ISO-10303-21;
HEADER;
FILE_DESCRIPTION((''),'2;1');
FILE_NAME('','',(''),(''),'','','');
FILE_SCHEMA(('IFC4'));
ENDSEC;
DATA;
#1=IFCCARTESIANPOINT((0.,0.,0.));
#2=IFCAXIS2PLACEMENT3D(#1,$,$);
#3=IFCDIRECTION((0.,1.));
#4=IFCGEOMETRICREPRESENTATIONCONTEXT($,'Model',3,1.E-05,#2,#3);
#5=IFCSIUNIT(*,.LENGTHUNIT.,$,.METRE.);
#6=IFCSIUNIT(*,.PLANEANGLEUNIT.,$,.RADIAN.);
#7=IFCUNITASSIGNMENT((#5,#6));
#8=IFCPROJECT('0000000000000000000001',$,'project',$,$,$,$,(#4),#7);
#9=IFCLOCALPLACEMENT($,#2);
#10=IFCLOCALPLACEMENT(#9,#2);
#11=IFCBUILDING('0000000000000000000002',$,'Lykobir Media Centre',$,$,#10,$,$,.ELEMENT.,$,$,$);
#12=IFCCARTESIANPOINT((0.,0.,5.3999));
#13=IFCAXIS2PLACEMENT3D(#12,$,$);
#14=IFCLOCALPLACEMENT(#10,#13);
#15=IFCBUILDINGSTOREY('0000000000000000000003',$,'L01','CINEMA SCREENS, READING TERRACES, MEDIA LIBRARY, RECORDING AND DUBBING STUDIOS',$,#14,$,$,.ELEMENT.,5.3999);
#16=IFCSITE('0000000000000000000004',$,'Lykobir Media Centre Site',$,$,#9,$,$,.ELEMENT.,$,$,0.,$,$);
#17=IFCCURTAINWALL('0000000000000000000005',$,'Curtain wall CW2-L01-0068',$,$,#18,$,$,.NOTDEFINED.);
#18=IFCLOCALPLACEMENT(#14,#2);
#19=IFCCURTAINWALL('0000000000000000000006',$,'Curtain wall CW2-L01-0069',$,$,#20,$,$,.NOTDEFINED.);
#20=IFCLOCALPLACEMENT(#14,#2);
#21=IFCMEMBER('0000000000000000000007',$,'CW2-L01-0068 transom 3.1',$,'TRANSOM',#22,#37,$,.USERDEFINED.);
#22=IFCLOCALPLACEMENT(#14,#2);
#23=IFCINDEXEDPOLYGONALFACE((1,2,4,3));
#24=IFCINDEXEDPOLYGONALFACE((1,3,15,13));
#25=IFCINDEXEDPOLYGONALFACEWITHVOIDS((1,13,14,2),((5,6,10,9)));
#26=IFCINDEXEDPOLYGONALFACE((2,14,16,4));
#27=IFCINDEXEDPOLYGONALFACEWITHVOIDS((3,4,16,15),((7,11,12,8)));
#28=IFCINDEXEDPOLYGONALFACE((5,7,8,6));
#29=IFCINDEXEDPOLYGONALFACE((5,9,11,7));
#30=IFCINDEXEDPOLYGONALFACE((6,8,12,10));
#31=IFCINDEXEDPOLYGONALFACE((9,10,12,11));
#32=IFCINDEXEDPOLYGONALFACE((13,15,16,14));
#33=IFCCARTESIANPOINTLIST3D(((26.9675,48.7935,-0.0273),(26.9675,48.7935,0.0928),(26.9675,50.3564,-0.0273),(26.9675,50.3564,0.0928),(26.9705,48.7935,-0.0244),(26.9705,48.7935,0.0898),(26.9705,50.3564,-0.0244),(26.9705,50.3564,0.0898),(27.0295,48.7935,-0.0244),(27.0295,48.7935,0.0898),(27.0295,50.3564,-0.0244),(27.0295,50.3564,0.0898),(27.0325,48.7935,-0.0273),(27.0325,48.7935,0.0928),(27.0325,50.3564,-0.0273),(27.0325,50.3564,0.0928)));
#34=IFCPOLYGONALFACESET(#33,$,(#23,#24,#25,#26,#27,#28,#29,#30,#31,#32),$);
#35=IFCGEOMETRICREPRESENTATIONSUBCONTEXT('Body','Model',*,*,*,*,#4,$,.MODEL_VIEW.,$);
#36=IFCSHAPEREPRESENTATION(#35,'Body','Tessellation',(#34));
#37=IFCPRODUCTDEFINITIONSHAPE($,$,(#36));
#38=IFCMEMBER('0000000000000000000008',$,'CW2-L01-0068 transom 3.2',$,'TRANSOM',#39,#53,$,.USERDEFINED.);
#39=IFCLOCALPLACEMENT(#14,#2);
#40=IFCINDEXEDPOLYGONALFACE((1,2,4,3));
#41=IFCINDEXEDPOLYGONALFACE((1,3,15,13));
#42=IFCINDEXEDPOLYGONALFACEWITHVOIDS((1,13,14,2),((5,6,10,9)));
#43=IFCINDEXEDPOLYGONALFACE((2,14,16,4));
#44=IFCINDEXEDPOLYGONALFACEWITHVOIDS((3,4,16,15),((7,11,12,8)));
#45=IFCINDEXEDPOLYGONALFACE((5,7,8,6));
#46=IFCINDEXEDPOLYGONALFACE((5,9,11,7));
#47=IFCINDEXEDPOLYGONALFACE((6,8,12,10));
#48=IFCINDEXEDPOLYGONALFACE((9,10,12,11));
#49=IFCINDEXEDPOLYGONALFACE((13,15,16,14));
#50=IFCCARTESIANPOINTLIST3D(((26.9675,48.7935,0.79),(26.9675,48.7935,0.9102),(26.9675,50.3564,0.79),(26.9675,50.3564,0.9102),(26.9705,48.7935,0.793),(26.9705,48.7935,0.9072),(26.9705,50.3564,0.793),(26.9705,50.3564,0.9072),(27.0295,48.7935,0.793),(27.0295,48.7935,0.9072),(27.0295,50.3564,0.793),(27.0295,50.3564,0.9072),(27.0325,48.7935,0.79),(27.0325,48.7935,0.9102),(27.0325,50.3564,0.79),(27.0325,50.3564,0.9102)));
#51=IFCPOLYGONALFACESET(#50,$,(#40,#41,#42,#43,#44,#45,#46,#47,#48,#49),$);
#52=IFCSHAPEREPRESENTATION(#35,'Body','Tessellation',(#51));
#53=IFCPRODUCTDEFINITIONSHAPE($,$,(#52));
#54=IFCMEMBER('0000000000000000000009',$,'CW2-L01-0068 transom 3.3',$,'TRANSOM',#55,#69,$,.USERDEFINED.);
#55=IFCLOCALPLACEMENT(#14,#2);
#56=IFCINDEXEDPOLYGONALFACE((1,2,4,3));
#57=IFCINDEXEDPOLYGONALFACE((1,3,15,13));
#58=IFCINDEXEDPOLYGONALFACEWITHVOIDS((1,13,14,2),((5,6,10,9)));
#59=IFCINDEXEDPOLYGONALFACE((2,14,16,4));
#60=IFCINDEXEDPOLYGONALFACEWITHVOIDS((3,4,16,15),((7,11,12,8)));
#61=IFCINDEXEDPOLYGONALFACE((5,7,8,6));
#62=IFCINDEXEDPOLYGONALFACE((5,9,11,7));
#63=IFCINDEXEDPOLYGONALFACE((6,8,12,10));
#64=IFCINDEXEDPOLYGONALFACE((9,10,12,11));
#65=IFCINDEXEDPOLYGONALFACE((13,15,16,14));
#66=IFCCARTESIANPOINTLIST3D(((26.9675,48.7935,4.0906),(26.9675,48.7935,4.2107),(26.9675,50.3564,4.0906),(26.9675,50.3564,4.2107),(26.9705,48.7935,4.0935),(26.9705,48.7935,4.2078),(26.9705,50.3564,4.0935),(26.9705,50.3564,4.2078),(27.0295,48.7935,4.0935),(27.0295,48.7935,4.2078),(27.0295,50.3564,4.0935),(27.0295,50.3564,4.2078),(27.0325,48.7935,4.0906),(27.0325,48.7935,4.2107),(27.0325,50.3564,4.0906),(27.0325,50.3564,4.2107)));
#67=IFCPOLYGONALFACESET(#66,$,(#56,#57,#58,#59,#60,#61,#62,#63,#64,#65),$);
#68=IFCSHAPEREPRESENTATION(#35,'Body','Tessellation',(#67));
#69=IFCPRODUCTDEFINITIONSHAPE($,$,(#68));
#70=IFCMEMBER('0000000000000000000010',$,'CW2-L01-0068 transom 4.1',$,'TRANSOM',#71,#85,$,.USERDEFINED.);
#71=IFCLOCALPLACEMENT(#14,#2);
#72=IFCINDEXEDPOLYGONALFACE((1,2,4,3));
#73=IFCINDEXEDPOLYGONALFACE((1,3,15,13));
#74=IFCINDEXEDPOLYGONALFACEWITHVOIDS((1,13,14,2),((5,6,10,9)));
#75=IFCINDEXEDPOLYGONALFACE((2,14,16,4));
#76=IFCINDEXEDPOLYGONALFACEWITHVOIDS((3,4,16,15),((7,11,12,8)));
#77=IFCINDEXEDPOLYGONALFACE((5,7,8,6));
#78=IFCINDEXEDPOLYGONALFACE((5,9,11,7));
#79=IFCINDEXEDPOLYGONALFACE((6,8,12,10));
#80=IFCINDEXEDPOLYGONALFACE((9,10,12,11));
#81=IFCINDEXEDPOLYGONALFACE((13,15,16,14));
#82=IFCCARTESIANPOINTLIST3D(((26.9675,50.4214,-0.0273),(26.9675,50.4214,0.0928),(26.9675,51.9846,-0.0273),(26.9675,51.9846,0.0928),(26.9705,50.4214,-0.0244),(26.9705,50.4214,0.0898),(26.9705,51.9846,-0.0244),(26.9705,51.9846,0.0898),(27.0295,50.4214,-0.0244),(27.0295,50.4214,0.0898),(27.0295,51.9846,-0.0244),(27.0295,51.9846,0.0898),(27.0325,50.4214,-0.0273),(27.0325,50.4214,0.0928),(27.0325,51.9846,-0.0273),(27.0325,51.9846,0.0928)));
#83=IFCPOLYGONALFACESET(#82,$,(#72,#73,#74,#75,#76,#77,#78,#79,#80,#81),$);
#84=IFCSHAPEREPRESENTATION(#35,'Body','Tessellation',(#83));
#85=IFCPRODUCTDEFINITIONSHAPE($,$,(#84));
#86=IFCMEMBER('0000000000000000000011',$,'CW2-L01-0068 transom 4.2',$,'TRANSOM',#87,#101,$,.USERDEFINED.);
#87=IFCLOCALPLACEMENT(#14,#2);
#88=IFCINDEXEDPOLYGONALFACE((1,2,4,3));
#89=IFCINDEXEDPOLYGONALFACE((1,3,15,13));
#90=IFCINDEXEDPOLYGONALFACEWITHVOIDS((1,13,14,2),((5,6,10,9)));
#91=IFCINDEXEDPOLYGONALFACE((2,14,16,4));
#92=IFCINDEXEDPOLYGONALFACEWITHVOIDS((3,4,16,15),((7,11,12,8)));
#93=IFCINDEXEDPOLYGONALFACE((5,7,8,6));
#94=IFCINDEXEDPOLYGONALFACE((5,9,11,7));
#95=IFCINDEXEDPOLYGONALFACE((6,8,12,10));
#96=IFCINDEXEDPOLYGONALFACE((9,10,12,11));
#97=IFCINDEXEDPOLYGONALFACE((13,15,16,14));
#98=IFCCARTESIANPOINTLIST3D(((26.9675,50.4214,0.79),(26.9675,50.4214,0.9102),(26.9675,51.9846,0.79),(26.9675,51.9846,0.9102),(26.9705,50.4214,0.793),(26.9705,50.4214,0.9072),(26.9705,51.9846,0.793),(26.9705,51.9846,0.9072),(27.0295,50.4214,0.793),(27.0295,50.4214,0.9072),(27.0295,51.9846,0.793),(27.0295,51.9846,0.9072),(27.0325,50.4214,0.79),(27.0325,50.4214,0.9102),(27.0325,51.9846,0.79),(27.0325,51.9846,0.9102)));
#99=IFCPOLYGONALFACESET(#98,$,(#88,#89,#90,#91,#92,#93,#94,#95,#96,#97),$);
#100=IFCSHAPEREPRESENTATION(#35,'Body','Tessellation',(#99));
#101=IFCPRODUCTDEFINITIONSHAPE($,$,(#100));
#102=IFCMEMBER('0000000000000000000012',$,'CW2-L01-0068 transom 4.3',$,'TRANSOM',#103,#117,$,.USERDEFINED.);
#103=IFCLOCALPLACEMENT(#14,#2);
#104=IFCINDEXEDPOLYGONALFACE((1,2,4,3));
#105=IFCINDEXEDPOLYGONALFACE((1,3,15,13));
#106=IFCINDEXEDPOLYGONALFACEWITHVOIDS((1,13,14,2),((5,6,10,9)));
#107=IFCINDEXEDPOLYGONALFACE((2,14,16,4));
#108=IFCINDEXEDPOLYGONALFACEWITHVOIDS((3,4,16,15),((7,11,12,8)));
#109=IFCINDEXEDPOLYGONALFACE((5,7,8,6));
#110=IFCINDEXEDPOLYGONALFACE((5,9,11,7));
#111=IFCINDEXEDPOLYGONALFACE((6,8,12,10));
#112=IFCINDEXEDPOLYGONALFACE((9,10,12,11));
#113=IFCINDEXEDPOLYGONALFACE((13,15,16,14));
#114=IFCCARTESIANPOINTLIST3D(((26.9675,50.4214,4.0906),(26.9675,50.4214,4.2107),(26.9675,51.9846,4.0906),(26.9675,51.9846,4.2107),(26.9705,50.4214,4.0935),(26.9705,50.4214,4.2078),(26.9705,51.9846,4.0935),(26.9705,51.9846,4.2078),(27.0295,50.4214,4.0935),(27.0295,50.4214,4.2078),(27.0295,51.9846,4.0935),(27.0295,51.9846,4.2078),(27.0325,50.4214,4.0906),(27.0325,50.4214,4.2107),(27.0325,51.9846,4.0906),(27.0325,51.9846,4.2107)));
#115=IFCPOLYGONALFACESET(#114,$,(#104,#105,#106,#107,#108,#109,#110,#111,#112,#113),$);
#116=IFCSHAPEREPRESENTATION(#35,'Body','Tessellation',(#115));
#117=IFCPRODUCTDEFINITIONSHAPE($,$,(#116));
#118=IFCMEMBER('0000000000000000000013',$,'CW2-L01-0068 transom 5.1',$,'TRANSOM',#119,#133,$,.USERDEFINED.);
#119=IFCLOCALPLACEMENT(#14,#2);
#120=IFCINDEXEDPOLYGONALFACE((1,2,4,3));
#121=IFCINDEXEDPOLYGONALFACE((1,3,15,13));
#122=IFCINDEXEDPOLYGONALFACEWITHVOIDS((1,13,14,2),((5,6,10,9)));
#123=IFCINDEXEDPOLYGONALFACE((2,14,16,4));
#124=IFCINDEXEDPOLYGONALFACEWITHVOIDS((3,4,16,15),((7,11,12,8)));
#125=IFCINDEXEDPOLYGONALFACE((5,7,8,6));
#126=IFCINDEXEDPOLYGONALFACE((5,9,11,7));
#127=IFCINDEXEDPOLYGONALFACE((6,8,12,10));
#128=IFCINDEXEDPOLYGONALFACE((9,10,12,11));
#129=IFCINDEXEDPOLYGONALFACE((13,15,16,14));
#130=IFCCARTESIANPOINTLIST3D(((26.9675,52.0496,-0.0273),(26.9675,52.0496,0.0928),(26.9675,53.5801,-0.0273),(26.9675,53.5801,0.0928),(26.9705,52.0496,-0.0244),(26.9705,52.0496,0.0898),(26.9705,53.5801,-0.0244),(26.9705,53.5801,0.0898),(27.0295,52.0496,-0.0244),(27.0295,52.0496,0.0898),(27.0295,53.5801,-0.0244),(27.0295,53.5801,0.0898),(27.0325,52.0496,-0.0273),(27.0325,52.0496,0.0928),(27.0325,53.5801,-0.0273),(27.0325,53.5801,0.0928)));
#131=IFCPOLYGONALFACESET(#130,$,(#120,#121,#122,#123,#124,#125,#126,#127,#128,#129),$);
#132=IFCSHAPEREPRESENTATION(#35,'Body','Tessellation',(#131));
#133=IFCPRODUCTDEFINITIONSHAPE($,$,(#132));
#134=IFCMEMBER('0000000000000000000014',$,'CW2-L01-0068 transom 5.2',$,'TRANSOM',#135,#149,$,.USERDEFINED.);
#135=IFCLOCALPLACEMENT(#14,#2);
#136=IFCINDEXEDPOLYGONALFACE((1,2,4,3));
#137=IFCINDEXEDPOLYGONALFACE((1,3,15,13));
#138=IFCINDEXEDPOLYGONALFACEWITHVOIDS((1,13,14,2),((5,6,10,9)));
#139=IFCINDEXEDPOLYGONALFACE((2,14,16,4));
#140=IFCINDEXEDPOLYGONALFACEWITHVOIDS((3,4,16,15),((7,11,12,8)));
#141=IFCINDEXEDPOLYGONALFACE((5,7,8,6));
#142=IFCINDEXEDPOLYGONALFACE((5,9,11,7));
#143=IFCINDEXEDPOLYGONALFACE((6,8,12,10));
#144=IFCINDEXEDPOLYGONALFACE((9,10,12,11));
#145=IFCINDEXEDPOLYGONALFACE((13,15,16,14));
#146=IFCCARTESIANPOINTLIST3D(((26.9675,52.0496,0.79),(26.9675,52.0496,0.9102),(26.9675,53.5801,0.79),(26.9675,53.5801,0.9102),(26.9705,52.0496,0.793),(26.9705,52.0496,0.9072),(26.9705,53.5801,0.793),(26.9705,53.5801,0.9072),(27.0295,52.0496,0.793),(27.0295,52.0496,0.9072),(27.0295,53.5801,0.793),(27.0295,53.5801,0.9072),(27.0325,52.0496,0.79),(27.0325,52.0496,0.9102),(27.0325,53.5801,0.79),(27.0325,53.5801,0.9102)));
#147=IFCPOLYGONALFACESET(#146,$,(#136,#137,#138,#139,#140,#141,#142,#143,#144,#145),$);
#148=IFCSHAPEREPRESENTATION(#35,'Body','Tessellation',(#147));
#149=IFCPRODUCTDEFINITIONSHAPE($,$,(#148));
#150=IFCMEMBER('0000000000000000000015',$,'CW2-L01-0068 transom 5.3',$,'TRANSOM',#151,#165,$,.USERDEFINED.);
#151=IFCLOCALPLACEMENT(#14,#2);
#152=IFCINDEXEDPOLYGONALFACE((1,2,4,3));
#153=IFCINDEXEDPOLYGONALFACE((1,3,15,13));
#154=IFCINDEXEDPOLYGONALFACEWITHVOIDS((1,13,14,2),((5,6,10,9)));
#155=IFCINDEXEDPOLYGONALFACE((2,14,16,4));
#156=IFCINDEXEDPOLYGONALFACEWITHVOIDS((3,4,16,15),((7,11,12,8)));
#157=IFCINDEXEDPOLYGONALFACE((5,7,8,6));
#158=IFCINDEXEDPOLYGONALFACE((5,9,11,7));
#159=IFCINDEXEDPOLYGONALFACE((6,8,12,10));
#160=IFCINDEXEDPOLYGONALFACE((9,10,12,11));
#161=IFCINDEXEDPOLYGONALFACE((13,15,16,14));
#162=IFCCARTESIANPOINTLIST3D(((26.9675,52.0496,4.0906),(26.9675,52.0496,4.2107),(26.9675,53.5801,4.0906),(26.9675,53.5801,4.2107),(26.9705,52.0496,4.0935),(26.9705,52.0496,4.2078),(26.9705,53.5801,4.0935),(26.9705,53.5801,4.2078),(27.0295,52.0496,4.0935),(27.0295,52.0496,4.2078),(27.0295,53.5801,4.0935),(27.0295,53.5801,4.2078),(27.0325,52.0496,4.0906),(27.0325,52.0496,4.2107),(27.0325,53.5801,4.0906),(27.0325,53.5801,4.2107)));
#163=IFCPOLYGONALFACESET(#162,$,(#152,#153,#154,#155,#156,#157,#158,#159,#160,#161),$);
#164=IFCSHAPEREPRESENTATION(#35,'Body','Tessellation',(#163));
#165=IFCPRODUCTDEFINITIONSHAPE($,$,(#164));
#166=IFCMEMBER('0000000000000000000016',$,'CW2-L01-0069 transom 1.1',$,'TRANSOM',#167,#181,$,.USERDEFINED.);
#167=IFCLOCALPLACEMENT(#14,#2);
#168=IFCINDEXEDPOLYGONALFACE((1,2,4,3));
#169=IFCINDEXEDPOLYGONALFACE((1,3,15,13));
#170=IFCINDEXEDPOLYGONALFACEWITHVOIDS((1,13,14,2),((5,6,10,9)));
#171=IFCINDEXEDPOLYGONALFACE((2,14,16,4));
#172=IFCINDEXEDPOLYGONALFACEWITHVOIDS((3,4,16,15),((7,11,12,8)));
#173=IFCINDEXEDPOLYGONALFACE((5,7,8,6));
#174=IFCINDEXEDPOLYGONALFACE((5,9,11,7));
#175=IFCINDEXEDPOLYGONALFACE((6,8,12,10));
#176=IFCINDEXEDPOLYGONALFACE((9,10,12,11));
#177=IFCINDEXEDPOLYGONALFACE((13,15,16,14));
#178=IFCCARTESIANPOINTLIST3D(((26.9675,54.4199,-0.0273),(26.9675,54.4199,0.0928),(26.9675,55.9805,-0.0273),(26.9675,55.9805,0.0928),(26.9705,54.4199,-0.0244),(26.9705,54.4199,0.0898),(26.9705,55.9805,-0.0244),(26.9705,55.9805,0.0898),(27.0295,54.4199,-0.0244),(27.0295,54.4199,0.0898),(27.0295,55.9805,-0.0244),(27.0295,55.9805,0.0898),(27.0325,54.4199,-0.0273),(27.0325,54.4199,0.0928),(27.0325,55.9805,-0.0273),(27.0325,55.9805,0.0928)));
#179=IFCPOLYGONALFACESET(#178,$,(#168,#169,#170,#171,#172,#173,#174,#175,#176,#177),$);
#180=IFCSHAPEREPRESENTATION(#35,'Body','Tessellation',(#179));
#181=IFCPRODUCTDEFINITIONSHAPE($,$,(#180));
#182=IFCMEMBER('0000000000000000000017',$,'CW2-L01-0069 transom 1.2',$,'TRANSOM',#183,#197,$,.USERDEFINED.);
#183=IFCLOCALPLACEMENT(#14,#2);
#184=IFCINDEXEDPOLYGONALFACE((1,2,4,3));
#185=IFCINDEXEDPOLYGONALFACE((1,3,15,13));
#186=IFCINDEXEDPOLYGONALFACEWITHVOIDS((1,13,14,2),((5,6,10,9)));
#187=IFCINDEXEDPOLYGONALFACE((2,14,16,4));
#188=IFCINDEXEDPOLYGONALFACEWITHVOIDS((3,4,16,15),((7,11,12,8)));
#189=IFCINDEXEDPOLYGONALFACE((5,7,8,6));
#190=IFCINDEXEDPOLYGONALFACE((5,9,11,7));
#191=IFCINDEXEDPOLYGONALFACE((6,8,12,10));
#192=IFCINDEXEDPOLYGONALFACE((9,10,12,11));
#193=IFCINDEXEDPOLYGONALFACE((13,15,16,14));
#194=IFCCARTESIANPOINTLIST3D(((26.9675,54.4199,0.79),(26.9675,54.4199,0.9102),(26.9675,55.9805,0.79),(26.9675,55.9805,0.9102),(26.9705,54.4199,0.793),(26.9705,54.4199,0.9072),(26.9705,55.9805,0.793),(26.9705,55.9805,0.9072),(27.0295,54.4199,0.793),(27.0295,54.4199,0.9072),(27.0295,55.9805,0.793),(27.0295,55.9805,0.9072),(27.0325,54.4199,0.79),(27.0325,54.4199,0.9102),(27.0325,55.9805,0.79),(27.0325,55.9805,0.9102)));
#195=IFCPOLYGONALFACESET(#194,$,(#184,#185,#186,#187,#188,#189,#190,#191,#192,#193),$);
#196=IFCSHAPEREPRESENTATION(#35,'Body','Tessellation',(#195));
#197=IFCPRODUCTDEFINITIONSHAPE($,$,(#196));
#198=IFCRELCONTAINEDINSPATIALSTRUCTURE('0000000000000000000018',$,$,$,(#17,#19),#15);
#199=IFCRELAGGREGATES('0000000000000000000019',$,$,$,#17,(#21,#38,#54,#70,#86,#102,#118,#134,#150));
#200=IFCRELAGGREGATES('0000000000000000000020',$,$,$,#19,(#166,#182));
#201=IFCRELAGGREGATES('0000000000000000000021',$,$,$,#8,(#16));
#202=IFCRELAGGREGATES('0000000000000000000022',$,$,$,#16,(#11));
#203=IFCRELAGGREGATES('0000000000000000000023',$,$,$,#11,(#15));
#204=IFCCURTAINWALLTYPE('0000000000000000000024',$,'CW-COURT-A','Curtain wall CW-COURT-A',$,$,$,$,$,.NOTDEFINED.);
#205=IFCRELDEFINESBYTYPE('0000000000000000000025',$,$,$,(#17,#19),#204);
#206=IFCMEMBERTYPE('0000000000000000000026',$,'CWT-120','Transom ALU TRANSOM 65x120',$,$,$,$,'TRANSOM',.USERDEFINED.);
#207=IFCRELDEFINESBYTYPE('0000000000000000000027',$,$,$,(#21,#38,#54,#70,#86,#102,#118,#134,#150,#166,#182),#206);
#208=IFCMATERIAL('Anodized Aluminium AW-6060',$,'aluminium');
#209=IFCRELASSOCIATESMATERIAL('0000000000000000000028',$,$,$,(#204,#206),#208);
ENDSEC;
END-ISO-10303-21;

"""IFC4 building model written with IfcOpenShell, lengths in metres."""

from ifc_helpers import new_model, si_unit, direction, frame, origin, origin_2d, place, context, subcontext, project, spatial, hollow_rectangle, extrude, material, material_profile, profile_set, type_object, element, aggregate, save


model = new_model("IFC4")

# Units and contexts
model_context = context("Model", 3, precision=1e-05, world=origin(), true_north=direction((0.0, 1.0)))
body_context = subcontext(model_context, "Body", "Model", "MODEL_VIEW")
ifc_project = project(units=[si_unit("LENGTHUNIT", "METRE"), si_unit("PLANEANGLEUNIT", "RADIAN")], contexts=[model_context])

# Site, building, storey
site_placement = place(None, origin())
site = spatial("IfcSite", under=ifc_project, at=site_placement, Name="Lykobir Media Centre Site", CompositionType="ELEMENT", RefElevation=0.0)
building_placement = place(site_placement, origin())
building = spatial("IfcBuilding", under=site, at=building_placement, Name="Lykobir Media Centre", CompositionType="ELEMENT")
storey_placement = place(building_placement, frame((0.0, 0.0, 5.3999)))
storey = spatial("IfcBuildingStorey", under=building, at=storey_placement, Name="L01", Description="CINEMA SCREENS, READING TERRACES, MEDIA LIBRARY, RECORDING AND DUBBING STUDIOS", CompositionType="ELEMENT", Elevation=5.3999)

# Curtain walls
ifc_material_1 = material(Name="Anodized Aluminium AW-6060", Category="aluminium")
curtain_wall_type = type_object("IfcCurtainWallType", Name="CW-COURT-A", Description="Curtain wall CW-COURT-A", PredefinedType="NOTDEFINED", material=ifc_material_1)
curtain_wall_1_placement = place(storey_placement, origin())
curtain_wall_1 = element("IfcCurtainWall", 1, at=curtain_wall_1_placement, inside=storey, type_object=curtain_wall_type, Name="Curtain wall CW2-L01-0068", PredefinedType="NOTDEFINED")
curtain_wall_2_placement = place(storey_placement, origin())
curtain_wall_2 = element("IfcCurtainWall", 2, at=curtain_wall_2_placement, inside=storey, type_object=curtain_wall_type, Name="Curtain wall CW2-L01-0069", PredefinedType="NOTDEFINED")

# Members
ifc_material_profile_1 = material_profile(ifc_material_1, hollow_rectangle(XDim=0.0649, YDim=0.1201, WallThickness=0.0029, at=origin_2d()), Name="ALU TRANSOM 65x120")
ifc_profile_set_1 = profile_set([ifc_material_profile_1], Name="Anodized Aluminium AW-6060")
member_type_1 = type_object("IfcMemberType", Name="CWT-120", Description="Transom ALU TRANSOM 65x120", ElementType="TRANSOM", PredefinedType="USERDEFINED", material=ifc_profile_set_1)
member_1_placement = place(storey_placement, frame((27.0, 48.7935, 0.0327), z_axis=(0.0, 1.0, 0.0), x_axis=(-1.0, 0.0, 0.0)))
member_1 = element("IfcMember", 3, at=member_1_placement, type_object=member_type_1, Name="CW2-L01-0068 transom 3.1", ObjectType="TRANSOM", PredefinedType="USERDEFINED", context=body_context, shape_type="SweptSolid", body=[
    extrude(hollow_rectangle(XDim=0.0649, YDim=0.1201, WallThickness=0.0029, at=origin_2d()), origin(), (0.0, 0.0, 1.0), 1.563),
])
member_2_placement = place(storey_placement, frame((27.0, 48.7935, 0.8501), z_axis=(0.0, 1.0, 0.0), x_axis=(-1.0, 0.0, 0.0)))
member_2 = element("IfcMember", 4, at=member_2_placement, type_object=member_type_1, Name="CW2-L01-0068 transom 3.2", ObjectType="TRANSOM", PredefinedType="USERDEFINED", context=body_context, shape_type="SweptSolid", body=[
    extrude(hollow_rectangle(XDim=0.0649, YDim=0.1201, WallThickness=0.0029, at=origin_2d()), origin(), (0.0, 0.0, 1.0), 1.563),
])
member_3_placement = place(storey_placement, frame((27.0, 48.7935, 4.1506), z_axis=(0.0, 1.0, 0.0), x_axis=(-1.0, 0.0, 0.0)))
member_3 = element("IfcMember", 5, at=member_3_placement, type_object=member_type_1, Name="CW2-L01-0068 transom 3.3", ObjectType="TRANSOM", PredefinedType="USERDEFINED", context=body_context, shape_type="SweptSolid", body=[
    extrude(hollow_rectangle(XDim=0.0649, YDim=0.1201, WallThickness=0.0029, at=origin_2d()), origin(), (0.0, 0.0, 1.0), 1.563),
])
member_4_placement = place(storey_placement, frame((27.0, 50.4214, 0.0327), z_axis=(0.0, 1.0, 0.0), x_axis=(-1.0, 0.0, 0.0)))
member_4 = element("IfcMember", 6, at=member_4_placement, type_object=member_type_1, Name="CW2-L01-0068 transom 4.1", ObjectType="TRANSOM", PredefinedType="USERDEFINED", context=body_context, shape_type="SweptSolid", body=[
    extrude(hollow_rectangle(XDim=0.0649, YDim=0.1201, WallThickness=0.0029, at=origin_2d()), origin(), (0.0, 0.0, 1.0), 1.5632),
])
member_5_placement = place(storey_placement, frame((27.0, 50.4214, 0.8501), z_axis=(0.0, 1.0, 0.0), x_axis=(-1.0, 0.0, 0.0)))
member_5 = element("IfcMember", 7, at=member_5_placement, type_object=member_type_1, Name="CW2-L01-0068 transom 4.2", ObjectType="TRANSOM", PredefinedType="USERDEFINED", context=body_context, shape_type="SweptSolid", body=[
    extrude(hollow_rectangle(XDim=0.0649, YDim=0.1201, WallThickness=0.0029, at=origin_2d()), origin(), (0.0, 0.0, 1.0), 1.5632),
])
member_6_placement = place(storey_placement, frame((27.0, 50.4214, 4.1506), z_axis=(0.0, 1.0, 0.0), x_axis=(-1.0, 0.0, 0.0)))
member_6 = element("IfcMember", 8, at=member_6_placement, type_object=member_type_1, Name="CW2-L01-0068 transom 4.3", ObjectType="TRANSOM", PredefinedType="USERDEFINED", context=body_context, shape_type="SweptSolid", body=[
    extrude(hollow_rectangle(XDim=0.0649, YDim=0.1201, WallThickness=0.0029, at=origin_2d()), origin(), (0.0, 0.0, 1.0), 1.5632),
])
member_7_placement = place(storey_placement, frame((27.0, 52.0496, 0.0327), z_axis=(0.0, 1.0, 0.0), x_axis=(-1.0, 0.0, 0.0)))
member_7 = element("IfcMember", 9, at=member_7_placement, type_object=member_type_1, Name="CW2-L01-0068 transom 5.1", ObjectType="TRANSOM", PredefinedType="USERDEFINED", context=body_context, shape_type="SweptSolid", body=[
    extrude(hollow_rectangle(XDim=0.0649, YDim=0.1201, WallThickness=0.0029, at=origin_2d()), origin(), (0.0, 0.0, 1.0), 1.5305),
])
member_8_placement = place(storey_placement, frame((27.0, 52.0496, 0.8501), z_axis=(0.0, 1.0, 0.0), x_axis=(-1.0, 0.0, 0.0)))
member_8 = element("IfcMember", 10, at=member_8_placement, type_object=member_type_1, Name="CW2-L01-0068 transom 5.2", ObjectType="TRANSOM", PredefinedType="USERDEFINED", context=body_context, shape_type="SweptSolid", body=[
    extrude(hollow_rectangle(XDim=0.0649, YDim=0.1201, WallThickness=0.0029, at=origin_2d()), origin(), (0.0, 0.0, 1.0), 1.5305),
])
member_9_placement = place(storey_placement, frame((27.0, 52.0496, 4.1506), z_axis=(0.0, 1.0, 0.0), x_axis=(-1.0, 0.0, 0.0)))
member_9 = element("IfcMember", 11, at=member_9_placement, type_object=member_type_1, Name="CW2-L01-0068 transom 5.3", ObjectType="TRANSOM", PredefinedType="USERDEFINED", context=body_context, shape_type="SweptSolid", body=[
    extrude(hollow_rectangle(XDim=0.0649, YDim=0.1201, WallThickness=0.0029, at=origin_2d()), origin(), (0.0, 0.0, 1.0), 1.5305),
])
member_10_placement = place(storey_placement, frame((27.0, 54.4199, 0.0327), z_axis=(0.0, 1.0, 0.0), x_axis=(-1.0, 0.0, 0.0)))
member_10 = element("IfcMember", 12, at=member_10_placement, type_object=member_type_1, Name="CW2-L01-0069 transom 1.1", ObjectType="TRANSOM", PredefinedType="USERDEFINED", context=body_context, shape_type="SweptSolid", body=[
    extrude(hollow_rectangle(XDim=0.0649, YDim=0.1201, WallThickness=0.0029, at=origin_2d()), origin(), (0.0, 0.0, 1.0), 1.5605),
])
member_11_placement = place(storey_placement, frame((27.0, 54.4199, 0.8501), z_axis=(0.0, 1.0, 0.0), x_axis=(-1.0, 0.0, 0.0)))
member_11 = element("IfcMember", 13, at=member_11_placement, type_object=member_type_1, Name="CW2-L01-0069 transom 1.2", ObjectType="TRANSOM", PredefinedType="USERDEFINED", context=body_context, shape_type="SweptSolid", body=[
    extrude(hollow_rectangle(XDim=0.0649, YDim=0.1201, WallThickness=0.0029, at=origin_2d()), origin(), (0.0, 0.0, 1.0), 1.5605),
])

aggregate(curtain_wall_1, [member_1, member_2, member_3, member_4, member_5, member_6, member_7, member_8, member_9])
aggregate(curtain_wall_2, [member_10, member_11])

save(model, "model.ifc")
